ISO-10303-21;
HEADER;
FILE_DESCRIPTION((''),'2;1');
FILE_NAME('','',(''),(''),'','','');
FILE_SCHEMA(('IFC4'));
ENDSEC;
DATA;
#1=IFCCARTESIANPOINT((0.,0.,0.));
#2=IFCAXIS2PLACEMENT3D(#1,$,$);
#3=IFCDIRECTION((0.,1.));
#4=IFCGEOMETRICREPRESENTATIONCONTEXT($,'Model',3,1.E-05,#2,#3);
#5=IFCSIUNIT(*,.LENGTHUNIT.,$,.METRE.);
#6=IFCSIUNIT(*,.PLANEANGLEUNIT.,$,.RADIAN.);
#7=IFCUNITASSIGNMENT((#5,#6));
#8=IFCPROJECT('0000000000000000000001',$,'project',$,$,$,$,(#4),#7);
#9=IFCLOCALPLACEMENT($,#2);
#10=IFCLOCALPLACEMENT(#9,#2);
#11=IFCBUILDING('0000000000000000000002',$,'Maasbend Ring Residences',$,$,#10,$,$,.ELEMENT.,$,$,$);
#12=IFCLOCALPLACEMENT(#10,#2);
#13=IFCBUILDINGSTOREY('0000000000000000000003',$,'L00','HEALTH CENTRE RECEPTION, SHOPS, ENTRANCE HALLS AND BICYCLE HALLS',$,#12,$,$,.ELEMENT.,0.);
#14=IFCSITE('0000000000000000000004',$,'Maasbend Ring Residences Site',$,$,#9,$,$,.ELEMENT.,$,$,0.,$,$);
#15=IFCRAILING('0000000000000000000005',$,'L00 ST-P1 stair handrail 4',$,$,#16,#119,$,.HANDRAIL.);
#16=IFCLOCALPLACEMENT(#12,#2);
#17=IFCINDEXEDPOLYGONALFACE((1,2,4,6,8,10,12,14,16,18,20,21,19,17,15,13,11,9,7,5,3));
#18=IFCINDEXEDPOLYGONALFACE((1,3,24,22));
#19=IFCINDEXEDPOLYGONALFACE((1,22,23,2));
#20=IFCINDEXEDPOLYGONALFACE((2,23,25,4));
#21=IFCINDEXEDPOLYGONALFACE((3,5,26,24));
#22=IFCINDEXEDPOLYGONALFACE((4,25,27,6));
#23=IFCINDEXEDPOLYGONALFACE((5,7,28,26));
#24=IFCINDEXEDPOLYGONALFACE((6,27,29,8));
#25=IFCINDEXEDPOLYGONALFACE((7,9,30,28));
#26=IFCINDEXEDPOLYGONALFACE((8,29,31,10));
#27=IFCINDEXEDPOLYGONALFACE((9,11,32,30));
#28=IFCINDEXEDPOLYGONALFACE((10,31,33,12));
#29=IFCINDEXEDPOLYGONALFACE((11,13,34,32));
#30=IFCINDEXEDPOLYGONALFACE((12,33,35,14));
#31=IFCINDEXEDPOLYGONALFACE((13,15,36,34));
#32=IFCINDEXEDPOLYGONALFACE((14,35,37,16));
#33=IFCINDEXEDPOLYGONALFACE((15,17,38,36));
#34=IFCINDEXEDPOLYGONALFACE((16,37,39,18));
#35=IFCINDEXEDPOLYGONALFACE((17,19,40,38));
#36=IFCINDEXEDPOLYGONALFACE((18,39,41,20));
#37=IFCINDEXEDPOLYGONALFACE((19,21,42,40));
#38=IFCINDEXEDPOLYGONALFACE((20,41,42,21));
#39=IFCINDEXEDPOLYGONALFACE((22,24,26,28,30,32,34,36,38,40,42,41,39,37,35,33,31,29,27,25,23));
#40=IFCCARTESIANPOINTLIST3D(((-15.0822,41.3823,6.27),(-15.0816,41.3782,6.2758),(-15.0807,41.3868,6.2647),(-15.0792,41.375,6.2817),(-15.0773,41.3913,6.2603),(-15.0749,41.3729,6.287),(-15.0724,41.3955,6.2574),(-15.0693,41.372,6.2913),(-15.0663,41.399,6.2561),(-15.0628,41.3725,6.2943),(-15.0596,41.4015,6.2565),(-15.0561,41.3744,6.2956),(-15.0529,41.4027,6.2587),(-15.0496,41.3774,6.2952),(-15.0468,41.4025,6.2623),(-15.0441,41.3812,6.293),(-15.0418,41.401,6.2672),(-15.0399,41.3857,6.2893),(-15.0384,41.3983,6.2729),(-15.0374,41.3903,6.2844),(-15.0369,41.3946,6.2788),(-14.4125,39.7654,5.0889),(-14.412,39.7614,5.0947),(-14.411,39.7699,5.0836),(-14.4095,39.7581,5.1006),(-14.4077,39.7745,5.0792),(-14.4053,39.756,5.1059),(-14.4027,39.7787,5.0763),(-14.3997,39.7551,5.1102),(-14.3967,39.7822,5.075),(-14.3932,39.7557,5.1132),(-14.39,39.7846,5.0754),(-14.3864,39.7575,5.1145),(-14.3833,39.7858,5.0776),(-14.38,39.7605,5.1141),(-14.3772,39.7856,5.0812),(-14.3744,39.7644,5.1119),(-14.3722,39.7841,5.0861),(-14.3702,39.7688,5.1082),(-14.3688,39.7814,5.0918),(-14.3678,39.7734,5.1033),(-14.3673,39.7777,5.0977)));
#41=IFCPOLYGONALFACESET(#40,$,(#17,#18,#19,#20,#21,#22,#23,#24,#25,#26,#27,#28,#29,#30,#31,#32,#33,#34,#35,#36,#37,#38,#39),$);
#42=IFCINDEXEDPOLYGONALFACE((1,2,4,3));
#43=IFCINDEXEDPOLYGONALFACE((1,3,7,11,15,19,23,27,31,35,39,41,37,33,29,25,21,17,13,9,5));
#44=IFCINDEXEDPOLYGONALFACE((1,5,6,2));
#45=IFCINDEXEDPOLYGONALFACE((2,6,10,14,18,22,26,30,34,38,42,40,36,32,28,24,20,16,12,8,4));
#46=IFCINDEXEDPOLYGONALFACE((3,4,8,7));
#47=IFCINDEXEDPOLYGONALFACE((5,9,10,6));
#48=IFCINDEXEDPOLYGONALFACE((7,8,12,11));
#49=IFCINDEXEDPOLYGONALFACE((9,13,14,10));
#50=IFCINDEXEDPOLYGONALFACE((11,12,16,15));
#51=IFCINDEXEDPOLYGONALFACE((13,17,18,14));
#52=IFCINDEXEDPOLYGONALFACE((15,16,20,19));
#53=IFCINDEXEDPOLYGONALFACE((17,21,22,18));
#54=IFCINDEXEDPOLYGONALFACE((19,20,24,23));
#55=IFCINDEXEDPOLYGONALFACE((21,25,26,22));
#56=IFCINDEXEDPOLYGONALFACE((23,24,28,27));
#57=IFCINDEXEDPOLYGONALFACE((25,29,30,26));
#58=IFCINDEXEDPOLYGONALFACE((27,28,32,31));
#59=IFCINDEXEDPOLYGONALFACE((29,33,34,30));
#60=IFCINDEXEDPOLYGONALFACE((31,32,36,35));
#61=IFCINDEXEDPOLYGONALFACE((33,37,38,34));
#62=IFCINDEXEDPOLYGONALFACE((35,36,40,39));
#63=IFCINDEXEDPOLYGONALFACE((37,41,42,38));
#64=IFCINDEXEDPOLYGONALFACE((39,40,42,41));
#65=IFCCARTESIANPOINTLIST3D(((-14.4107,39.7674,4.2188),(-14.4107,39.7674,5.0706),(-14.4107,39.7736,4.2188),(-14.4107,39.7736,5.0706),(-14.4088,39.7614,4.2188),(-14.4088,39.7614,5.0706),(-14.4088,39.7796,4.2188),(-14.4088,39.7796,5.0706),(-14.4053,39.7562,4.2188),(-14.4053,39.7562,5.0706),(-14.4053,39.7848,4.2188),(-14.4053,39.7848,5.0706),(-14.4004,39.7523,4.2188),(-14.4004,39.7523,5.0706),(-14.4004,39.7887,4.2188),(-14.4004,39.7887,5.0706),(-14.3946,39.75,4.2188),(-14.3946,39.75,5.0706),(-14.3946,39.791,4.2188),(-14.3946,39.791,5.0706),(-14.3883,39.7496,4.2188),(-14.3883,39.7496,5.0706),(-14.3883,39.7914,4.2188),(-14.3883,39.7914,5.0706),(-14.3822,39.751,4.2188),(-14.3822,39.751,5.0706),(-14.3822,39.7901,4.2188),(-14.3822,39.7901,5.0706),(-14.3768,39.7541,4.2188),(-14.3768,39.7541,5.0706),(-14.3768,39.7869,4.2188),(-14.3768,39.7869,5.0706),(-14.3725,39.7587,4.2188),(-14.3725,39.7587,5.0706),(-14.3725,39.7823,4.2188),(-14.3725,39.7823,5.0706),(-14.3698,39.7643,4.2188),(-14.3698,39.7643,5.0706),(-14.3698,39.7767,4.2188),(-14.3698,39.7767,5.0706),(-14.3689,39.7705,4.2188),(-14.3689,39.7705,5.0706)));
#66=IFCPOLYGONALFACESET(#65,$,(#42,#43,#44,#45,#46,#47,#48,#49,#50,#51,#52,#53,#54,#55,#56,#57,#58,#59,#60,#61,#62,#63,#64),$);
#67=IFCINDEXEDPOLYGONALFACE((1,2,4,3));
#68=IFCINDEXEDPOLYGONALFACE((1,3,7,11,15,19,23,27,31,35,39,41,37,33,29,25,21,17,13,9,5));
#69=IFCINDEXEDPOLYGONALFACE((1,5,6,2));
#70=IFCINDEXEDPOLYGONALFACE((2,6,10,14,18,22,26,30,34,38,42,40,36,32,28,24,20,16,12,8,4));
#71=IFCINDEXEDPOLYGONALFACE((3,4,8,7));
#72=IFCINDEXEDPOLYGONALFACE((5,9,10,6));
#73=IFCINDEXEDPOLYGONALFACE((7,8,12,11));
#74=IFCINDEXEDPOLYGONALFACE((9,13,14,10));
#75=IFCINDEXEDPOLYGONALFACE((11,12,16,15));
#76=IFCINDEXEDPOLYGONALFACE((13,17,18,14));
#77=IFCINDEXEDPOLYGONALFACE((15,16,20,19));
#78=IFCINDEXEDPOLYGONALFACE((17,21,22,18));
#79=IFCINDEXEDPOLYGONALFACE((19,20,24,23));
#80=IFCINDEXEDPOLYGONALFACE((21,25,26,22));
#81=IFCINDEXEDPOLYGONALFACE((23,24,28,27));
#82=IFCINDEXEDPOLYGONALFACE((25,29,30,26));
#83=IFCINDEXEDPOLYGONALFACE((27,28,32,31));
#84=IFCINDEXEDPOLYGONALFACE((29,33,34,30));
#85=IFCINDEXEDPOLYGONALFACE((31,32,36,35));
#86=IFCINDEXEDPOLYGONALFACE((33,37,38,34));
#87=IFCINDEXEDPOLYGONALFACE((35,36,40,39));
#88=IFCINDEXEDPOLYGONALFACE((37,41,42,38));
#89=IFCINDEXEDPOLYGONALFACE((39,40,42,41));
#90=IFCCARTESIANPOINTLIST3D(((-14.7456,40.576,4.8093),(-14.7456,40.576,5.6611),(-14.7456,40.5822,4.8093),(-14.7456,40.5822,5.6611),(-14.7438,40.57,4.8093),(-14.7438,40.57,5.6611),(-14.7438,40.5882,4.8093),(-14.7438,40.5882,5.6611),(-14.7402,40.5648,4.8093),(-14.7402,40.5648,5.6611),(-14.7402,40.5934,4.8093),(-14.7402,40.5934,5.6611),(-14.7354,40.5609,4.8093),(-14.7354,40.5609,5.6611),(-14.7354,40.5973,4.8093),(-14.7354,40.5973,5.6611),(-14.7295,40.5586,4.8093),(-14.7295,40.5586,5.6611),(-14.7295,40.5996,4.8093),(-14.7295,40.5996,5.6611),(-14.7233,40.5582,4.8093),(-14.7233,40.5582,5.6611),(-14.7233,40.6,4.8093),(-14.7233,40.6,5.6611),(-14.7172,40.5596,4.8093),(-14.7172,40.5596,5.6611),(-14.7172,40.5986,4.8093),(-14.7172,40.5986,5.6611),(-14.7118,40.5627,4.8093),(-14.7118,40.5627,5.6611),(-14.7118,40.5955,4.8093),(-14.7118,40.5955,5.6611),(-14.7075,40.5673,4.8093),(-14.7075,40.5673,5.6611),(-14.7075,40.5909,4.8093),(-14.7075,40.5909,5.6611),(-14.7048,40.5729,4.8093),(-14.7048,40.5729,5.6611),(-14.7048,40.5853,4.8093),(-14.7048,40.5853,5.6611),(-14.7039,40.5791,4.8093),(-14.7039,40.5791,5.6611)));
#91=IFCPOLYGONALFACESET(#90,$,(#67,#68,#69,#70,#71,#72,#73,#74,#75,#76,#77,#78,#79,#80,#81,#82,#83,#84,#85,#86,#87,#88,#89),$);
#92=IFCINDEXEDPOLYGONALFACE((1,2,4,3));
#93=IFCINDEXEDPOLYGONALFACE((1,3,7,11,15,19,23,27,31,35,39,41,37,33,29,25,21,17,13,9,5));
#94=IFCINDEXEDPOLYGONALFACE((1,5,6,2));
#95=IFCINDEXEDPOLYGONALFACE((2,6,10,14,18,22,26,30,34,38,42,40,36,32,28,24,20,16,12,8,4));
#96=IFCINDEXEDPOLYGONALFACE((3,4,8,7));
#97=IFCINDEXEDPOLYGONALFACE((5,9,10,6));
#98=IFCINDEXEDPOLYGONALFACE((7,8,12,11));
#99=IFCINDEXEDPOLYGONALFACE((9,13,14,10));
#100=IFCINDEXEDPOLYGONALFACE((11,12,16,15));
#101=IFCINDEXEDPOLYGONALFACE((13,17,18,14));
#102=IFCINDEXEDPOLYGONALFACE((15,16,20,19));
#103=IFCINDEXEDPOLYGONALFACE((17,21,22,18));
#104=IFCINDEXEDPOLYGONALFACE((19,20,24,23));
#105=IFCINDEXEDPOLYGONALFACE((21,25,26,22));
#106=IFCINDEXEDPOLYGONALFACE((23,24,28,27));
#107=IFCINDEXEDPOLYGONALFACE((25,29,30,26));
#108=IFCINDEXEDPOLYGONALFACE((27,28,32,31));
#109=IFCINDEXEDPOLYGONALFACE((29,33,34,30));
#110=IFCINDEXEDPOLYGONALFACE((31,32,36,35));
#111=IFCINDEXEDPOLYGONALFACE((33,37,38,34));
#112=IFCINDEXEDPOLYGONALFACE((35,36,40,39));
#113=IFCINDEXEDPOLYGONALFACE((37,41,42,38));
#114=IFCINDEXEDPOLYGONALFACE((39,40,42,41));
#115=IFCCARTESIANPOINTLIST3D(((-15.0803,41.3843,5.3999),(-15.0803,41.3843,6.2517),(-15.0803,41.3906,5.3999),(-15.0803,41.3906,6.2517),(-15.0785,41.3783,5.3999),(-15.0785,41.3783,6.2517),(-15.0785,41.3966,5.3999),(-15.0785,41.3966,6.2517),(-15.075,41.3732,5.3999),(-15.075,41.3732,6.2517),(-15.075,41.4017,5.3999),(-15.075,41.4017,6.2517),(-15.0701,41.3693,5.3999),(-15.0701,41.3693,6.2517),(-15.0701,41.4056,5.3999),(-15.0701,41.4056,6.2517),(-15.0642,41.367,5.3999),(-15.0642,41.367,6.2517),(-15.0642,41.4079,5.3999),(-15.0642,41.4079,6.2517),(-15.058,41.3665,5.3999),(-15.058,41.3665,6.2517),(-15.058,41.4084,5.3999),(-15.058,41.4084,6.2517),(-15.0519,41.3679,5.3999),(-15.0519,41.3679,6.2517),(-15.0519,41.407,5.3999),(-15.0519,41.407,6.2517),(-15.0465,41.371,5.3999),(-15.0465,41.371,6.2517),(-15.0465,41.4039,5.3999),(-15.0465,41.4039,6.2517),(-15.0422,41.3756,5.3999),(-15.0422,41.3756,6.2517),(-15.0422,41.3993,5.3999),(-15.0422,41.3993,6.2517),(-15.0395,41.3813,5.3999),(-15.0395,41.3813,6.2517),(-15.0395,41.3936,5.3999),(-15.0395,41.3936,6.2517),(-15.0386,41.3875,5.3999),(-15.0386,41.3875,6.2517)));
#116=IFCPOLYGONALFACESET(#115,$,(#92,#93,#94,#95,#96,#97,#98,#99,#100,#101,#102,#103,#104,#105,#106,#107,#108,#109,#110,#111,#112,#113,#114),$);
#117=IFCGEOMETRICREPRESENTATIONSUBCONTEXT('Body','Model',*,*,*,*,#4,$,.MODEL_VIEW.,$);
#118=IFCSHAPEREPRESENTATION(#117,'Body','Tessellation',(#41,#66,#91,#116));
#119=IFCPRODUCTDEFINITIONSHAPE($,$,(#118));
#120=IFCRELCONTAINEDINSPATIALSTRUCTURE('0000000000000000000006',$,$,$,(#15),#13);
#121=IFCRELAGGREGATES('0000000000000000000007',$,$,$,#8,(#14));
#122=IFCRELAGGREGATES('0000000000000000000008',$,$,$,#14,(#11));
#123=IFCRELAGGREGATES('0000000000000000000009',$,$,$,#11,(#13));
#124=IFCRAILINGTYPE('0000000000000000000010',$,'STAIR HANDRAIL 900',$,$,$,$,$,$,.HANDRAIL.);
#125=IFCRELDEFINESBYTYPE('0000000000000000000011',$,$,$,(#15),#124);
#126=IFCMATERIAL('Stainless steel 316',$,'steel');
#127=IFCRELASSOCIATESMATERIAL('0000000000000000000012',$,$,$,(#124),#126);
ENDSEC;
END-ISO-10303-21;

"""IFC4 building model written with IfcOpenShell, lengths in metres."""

from ifc_helpers import new_model, si_unit, direction, frame, origin, origin_2d, place, context, subcontext, project, spatial, circle, extrude, material, type_object, element, save


model = new_model("IFC4")

# Units and contexts
model_context = context("Model", 3, precision=1e-05, world=origin(), true_north=direction((0.0, 1.0)))
body_context = subcontext(model_context, "Body", "Model", "MODEL_VIEW")
ifc_project = project(units=[si_unit("LENGTHUNIT", "METRE"), si_unit("PLANEANGLEUNIT", "RADIAN")], contexts=[model_context])

# Site, building, storey
site_placement = place(None, origin())
site = spatial("IfcSite", under=ifc_project, at=site_placement, Name="Maasbend Ring Residences Site", CompositionType="ELEMENT", RefElevation=0.0)
building_placement = place(site_placement, origin())
building = spatial("IfcBuilding", under=site, at=building_placement, Name="Maasbend Ring Residences", CompositionType="ELEMENT")
storey_placement = place(building_placement, origin())
storey = spatial("IfcBuildingStorey", under=building, at=storey_placement, Name="L00", Description="HEALTH CENTRE RECEPTION, SHOPS, ENTRANCE HALLS AND BICYCLE HALLS", CompositionType="ELEMENT", Elevation=0.0)

# Railing
ifc_material_1 = material(Name="Stainless steel 316", Category="steel")
railing_type_1 = type_object("IfcRailingType", Name="STAIR HANDRAIL 900", PredefinedType="HANDRAIL", material=ifc_material_1)
railing_1_placement = place(storey_placement, frame((-14.3899, 39.7705, 4.2188)))
element("IfcRailing", 1, at=railing_1_placement, inside=storey, type_object=railing_type_1, Name="L00 ST-P1 stair handrail 4", PredefinedType="HANDRAIL", context=body_context, shape_type="SweptSolid", body=[
    extrude(circle(Radius=0.0239, at=origin_2d()), frame((0.0, 0.0, 0.876), z_axis=(-0.317169, 0.765808, 0.559411), x_axis=(-0.923896, -0.382643, 0.0)), (0.0, 0.0, 1.0), 2.1113),
    extrude(circle(Radius=0.021, at=origin_2d()), origin(), (0.0, 0.0, 1.0), 0.8518),
    extrude(circle(Radius=0.021, at=origin_2d()), frame((-0.335, 0.8086, 0.5906)), (0.0, 0.0, 1.0), 0.8518),
    extrude(circle(Radius=0.021, at=origin_2d()), frame((-0.6697, 1.6169, 1.1812)), (0.0, 0.0, 1.0), 0.8518),
])

save(model, "model.ifc")
